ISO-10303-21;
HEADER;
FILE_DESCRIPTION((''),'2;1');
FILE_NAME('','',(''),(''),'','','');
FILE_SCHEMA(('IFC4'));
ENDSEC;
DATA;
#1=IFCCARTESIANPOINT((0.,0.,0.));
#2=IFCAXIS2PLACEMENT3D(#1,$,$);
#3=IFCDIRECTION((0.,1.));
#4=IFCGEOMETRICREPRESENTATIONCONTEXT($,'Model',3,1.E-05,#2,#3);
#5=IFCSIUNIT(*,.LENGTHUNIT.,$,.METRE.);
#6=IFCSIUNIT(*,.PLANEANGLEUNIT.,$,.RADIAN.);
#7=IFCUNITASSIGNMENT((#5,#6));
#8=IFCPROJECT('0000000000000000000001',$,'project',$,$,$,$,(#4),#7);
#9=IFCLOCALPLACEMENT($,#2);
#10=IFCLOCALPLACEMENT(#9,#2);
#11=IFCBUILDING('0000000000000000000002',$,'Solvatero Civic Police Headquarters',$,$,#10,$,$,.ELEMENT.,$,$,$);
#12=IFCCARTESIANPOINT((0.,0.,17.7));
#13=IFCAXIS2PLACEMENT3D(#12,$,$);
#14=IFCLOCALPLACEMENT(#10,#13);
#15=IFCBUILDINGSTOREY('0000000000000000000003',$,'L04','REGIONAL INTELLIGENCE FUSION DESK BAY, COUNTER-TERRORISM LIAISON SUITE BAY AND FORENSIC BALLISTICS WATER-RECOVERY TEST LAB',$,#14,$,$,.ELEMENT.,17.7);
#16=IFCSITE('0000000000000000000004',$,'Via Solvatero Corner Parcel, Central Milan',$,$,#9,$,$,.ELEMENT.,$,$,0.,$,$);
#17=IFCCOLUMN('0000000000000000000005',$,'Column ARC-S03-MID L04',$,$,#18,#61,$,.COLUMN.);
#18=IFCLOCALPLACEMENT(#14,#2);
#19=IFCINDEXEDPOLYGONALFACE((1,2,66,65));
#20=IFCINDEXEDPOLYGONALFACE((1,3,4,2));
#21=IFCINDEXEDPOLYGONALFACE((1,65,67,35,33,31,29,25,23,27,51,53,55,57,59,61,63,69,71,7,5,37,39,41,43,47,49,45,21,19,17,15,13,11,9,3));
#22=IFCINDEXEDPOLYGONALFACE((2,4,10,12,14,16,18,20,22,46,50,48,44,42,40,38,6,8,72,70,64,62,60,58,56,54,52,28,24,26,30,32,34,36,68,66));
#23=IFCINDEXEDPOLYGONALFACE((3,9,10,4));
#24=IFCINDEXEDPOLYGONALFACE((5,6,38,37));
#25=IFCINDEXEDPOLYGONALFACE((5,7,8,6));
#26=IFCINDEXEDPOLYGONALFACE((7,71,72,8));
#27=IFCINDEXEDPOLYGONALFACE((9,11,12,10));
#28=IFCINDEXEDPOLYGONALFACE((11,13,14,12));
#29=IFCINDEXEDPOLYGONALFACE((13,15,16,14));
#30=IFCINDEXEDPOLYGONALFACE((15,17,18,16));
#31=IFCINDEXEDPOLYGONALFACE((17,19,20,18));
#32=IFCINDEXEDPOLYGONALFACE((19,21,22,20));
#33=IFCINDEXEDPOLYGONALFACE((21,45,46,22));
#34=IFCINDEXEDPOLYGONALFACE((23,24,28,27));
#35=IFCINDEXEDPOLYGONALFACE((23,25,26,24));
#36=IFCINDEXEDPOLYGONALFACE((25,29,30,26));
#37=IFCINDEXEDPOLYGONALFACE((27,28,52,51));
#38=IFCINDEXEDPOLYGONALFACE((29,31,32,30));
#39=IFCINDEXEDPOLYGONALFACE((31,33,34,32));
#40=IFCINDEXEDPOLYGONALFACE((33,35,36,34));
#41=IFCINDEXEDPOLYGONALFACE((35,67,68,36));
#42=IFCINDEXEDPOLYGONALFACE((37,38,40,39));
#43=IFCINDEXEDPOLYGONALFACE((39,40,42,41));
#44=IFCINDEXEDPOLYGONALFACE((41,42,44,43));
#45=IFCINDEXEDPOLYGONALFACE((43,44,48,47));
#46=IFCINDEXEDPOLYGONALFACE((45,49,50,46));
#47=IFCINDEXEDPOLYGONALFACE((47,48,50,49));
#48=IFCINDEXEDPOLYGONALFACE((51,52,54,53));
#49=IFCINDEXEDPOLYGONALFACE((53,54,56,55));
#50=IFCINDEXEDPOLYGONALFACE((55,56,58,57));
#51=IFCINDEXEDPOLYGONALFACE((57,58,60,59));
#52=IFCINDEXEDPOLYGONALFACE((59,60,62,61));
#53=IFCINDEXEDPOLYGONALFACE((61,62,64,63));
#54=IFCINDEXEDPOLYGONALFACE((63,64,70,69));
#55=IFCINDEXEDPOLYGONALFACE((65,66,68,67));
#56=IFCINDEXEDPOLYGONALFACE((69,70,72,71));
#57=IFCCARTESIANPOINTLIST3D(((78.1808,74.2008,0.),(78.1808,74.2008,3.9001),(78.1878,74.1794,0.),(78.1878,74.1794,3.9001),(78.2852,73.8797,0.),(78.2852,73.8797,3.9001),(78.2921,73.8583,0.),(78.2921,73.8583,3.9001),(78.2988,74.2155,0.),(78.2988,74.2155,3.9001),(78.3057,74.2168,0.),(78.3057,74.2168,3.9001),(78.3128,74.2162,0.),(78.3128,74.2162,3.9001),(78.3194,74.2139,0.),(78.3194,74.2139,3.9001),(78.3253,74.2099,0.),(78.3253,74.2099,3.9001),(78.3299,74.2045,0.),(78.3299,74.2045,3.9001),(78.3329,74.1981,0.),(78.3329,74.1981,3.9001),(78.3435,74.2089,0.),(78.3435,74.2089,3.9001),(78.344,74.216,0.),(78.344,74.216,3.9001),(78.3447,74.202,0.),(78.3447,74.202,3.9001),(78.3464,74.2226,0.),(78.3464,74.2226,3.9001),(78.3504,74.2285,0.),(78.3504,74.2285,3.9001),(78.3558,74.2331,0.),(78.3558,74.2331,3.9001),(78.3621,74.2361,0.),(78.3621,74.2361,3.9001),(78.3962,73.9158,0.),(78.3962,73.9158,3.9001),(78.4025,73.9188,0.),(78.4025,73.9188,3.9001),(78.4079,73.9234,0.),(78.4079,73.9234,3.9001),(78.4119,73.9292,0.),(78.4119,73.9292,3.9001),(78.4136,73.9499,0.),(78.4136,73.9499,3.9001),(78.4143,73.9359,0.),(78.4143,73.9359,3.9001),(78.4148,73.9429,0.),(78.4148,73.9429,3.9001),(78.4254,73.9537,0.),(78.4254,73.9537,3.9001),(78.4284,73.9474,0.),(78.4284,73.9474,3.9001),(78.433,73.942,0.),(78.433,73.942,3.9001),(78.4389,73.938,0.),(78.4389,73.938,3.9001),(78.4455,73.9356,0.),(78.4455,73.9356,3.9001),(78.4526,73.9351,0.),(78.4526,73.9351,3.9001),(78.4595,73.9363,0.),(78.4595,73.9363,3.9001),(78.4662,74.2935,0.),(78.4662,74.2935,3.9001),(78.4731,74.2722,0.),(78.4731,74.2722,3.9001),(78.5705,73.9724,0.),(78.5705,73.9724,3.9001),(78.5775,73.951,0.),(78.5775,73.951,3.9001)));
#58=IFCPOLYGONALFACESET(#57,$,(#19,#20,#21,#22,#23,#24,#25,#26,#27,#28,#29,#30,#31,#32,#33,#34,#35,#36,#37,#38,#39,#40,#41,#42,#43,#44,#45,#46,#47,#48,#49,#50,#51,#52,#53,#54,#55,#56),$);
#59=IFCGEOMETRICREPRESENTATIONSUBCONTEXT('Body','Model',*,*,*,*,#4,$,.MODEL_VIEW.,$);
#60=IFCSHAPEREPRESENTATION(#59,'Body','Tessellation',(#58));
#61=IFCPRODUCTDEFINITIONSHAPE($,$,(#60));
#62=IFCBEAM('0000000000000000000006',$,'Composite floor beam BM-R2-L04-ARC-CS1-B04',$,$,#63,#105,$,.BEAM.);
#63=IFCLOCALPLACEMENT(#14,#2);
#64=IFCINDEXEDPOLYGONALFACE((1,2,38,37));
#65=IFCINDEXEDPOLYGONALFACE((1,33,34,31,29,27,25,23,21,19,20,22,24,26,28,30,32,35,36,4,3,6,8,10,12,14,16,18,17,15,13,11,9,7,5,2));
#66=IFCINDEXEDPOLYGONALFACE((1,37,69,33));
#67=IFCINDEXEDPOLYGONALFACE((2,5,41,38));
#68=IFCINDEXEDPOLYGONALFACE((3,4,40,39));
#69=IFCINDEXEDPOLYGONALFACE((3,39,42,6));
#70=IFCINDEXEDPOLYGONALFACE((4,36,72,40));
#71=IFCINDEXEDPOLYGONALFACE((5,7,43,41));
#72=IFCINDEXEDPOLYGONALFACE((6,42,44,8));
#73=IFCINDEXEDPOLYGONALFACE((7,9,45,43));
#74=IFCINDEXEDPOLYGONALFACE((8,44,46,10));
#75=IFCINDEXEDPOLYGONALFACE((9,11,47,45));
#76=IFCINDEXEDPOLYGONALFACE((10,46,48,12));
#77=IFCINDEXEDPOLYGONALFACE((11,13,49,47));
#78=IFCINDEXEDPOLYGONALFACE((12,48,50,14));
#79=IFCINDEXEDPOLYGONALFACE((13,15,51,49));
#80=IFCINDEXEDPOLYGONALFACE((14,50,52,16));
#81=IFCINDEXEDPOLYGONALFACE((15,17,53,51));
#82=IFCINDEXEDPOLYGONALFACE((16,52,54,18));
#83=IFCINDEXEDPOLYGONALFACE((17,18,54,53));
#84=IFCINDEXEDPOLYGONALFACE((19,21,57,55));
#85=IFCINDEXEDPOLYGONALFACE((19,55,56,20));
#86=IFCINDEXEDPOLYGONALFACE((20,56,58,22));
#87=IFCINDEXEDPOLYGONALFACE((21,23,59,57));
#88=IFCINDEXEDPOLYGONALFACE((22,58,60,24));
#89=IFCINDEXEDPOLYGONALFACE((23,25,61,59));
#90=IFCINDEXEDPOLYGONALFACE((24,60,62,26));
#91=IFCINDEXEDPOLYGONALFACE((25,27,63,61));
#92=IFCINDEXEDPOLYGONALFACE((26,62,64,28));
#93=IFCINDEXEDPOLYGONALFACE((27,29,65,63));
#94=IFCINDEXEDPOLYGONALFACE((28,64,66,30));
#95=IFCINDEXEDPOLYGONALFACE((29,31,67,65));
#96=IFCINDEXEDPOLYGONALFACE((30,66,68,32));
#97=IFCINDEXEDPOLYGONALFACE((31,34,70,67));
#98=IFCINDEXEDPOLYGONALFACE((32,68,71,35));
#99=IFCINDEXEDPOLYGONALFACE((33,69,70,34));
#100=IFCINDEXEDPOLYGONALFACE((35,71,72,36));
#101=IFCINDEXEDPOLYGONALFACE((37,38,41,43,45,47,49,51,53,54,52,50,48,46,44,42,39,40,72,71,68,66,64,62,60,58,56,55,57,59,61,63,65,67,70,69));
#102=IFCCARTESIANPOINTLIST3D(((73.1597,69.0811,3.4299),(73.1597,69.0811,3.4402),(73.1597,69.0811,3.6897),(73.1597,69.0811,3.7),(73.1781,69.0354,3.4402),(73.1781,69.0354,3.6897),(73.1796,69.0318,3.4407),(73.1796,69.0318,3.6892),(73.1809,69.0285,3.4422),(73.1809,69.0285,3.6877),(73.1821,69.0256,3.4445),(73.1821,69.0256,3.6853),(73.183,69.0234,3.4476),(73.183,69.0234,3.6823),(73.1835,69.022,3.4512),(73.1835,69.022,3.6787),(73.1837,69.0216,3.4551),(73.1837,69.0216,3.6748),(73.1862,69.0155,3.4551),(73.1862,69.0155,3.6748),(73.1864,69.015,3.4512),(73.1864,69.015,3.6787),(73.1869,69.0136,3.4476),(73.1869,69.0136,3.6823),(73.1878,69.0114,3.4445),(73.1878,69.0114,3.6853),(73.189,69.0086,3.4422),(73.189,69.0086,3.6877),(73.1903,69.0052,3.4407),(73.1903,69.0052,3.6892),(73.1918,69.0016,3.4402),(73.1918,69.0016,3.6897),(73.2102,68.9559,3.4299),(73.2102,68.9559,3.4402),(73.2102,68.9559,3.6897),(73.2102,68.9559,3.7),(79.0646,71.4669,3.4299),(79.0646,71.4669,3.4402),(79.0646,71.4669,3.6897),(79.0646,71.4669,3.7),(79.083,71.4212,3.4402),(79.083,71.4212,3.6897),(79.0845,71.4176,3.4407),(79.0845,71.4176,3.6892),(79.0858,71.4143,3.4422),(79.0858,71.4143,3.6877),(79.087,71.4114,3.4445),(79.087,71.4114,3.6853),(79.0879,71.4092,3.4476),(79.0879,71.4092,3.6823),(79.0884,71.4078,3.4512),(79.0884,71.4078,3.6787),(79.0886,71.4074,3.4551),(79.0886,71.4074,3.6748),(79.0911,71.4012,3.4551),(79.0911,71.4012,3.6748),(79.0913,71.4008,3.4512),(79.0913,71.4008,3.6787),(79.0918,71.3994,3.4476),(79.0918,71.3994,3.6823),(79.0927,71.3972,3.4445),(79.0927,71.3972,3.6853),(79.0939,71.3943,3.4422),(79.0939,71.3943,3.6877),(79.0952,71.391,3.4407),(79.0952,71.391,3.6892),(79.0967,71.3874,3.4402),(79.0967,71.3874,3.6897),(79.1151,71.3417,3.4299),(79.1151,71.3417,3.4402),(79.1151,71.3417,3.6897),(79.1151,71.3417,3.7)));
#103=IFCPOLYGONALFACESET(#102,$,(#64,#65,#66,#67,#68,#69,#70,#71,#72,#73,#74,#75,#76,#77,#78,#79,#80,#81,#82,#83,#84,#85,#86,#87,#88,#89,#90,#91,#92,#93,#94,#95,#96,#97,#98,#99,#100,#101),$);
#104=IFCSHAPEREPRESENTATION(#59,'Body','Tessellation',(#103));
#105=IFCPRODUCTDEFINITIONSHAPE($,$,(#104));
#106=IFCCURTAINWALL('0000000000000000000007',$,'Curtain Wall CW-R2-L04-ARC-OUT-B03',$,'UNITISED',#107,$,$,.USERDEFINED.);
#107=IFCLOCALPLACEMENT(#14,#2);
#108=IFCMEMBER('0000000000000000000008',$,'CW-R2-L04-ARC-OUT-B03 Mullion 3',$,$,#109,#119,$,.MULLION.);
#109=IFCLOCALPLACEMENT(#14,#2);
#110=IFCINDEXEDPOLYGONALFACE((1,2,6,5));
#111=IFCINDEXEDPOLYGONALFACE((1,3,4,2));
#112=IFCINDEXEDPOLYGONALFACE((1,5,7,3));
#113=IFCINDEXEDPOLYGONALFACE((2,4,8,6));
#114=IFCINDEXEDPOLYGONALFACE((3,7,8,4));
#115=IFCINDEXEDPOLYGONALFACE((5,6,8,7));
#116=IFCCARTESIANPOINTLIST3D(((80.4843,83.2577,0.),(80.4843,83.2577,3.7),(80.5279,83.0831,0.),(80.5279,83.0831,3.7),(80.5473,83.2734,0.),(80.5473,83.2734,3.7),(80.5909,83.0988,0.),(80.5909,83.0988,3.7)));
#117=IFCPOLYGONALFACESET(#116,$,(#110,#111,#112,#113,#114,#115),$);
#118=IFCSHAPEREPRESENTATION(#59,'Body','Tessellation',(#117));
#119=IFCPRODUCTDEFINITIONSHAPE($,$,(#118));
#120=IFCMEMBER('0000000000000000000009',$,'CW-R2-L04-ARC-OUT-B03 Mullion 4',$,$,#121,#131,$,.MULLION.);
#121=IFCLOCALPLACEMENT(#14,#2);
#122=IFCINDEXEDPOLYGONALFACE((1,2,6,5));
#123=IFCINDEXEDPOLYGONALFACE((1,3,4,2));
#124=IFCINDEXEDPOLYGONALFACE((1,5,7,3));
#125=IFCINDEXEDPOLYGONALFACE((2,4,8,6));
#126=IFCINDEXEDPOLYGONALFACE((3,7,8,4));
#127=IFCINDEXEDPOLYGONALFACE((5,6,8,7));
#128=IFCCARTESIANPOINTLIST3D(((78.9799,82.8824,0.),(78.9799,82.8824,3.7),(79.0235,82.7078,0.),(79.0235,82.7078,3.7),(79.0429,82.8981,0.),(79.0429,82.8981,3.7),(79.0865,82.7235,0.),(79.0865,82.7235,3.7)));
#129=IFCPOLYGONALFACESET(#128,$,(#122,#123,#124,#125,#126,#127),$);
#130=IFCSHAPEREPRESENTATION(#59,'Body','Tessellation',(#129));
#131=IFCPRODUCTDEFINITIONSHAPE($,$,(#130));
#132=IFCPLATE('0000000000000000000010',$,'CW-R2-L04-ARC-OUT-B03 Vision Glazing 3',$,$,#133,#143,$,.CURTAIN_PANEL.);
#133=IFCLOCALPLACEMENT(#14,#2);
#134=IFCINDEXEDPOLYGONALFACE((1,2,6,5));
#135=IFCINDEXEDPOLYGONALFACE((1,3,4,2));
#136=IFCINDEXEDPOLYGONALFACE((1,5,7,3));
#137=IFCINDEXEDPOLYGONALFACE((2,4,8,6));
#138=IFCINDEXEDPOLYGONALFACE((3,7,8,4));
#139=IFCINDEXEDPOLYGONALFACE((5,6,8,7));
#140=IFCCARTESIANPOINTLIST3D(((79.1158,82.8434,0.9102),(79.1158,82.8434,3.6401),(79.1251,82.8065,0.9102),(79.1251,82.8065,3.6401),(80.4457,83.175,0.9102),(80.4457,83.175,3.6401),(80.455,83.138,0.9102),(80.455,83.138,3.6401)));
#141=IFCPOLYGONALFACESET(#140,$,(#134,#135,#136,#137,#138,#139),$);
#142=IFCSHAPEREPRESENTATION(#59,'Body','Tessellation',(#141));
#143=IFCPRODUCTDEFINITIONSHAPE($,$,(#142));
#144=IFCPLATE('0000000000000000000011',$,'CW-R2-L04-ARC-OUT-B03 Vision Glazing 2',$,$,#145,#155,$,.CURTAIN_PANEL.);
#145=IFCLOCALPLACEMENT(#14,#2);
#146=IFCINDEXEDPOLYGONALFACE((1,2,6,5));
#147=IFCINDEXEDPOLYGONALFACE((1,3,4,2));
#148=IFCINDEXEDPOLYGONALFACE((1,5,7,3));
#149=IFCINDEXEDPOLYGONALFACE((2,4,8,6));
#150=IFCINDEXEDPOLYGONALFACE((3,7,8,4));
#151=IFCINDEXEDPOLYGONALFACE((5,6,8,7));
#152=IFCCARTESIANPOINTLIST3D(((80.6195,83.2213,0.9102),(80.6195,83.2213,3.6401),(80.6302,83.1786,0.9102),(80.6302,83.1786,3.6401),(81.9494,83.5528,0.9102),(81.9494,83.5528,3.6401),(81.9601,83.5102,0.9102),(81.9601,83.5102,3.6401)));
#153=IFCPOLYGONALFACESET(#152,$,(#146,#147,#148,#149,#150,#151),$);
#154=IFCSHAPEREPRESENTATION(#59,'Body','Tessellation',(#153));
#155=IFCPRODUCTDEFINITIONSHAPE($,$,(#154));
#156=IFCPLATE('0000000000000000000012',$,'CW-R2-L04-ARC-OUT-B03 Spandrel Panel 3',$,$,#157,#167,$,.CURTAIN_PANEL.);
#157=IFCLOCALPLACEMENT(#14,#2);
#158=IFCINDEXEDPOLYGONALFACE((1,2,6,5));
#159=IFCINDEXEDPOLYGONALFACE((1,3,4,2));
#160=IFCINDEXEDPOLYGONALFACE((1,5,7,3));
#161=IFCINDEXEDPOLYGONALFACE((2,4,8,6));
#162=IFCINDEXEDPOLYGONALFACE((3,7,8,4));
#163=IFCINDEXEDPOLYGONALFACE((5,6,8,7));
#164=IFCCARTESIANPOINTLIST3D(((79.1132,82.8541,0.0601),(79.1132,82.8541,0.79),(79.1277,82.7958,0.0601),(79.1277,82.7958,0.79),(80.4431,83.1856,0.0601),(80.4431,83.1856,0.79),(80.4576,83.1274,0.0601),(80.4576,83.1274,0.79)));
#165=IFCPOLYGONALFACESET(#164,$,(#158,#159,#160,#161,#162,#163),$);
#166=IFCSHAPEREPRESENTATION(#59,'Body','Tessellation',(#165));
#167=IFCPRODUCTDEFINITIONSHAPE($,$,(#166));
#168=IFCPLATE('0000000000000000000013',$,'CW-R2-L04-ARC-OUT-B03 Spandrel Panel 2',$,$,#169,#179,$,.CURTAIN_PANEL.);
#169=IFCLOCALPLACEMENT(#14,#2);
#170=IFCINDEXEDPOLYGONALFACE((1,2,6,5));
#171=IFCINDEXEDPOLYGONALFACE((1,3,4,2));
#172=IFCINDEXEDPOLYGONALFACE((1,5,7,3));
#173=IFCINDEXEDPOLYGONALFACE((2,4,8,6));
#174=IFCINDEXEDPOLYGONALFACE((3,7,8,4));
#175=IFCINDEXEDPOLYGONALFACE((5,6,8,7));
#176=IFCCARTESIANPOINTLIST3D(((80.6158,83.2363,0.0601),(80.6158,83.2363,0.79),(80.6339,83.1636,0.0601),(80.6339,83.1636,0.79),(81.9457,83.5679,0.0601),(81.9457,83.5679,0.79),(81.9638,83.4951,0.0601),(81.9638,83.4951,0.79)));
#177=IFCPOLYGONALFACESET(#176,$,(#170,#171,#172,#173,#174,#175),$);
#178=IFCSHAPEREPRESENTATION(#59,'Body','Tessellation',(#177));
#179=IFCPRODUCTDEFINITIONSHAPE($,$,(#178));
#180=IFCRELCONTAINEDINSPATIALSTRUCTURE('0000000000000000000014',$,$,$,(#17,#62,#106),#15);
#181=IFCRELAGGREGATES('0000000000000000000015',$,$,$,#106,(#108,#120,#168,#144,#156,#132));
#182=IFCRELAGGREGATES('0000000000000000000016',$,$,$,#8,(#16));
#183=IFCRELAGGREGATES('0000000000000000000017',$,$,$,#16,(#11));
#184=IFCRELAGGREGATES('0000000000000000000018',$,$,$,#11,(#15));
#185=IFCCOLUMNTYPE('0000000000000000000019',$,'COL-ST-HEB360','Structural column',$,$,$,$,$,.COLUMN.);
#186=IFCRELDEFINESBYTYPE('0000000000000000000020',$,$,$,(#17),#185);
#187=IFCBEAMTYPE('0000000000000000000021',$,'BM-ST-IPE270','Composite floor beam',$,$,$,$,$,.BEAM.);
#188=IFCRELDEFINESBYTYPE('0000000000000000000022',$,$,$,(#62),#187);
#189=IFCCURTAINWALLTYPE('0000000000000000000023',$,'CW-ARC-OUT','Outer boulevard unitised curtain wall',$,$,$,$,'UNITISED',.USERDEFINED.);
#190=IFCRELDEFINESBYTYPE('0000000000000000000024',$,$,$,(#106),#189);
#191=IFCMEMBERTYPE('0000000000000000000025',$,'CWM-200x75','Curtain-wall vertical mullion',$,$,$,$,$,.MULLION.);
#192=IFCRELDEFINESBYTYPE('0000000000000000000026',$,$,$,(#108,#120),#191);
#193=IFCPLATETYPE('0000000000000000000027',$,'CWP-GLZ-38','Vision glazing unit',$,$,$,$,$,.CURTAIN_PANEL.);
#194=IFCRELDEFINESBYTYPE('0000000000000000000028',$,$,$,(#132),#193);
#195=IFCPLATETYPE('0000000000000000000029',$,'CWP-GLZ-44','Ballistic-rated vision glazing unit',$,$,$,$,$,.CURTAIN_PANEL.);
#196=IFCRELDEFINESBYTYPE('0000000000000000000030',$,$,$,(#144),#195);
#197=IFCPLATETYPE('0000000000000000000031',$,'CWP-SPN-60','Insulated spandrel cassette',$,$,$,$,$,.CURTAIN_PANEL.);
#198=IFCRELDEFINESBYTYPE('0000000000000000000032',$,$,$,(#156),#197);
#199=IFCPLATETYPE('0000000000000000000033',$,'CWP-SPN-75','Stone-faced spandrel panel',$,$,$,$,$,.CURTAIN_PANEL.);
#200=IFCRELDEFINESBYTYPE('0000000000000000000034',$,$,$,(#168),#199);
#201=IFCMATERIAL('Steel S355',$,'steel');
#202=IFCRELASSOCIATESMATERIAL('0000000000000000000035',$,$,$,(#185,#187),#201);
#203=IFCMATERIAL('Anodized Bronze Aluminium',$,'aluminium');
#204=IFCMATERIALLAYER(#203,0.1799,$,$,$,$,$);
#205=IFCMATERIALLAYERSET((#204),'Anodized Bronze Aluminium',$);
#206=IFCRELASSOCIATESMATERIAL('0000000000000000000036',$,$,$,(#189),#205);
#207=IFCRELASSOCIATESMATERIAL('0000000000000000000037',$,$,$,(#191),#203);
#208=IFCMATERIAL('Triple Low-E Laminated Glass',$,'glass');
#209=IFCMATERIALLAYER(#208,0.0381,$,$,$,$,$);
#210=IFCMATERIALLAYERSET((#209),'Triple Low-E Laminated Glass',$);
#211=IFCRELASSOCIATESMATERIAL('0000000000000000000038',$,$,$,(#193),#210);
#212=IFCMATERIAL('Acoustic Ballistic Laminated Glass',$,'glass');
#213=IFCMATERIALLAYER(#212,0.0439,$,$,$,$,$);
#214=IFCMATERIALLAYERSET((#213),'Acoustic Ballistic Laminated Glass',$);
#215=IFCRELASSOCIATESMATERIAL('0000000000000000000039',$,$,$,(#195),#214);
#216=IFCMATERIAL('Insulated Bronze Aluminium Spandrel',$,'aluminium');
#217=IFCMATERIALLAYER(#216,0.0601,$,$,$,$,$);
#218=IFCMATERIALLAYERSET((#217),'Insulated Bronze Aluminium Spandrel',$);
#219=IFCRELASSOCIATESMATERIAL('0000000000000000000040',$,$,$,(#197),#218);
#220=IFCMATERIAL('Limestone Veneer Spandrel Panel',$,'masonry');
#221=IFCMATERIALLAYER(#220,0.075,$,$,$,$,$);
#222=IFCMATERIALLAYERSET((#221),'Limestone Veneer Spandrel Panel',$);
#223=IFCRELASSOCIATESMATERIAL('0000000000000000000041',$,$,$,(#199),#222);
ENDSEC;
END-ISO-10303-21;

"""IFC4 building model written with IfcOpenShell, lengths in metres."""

from ifc_helpers import new_model, si_unit, direction, frame, origin, origin_2d, place, context, subcontext, project, spatial, rectangle, i_section, extrude, material, layer, layer_set, material_profile, profile_set, type_object, element, aggregate, save


model = new_model("IFC4")

# Units and contexts
model_context = context("Model", 3, precision=1e-05, world=origin(), true_north=direction((0.0, 1.0)))
body_context = subcontext(model_context, "Body", "Model", "MODEL_VIEW")
ifc_project = project(units=[si_unit("LENGTHUNIT", "METRE"), si_unit("PLANEANGLEUNIT", "RADIAN")], contexts=[model_context])

# Site, building, storey
site_placement = place(None, origin())
site = spatial("IfcSite", under=ifc_project, at=site_placement, Name="Via Solvatero Corner Parcel, Central Milan", CompositionType="ELEMENT", RefElevation=0.0)
building_placement = place(site_placement, origin())
building = spatial("IfcBuilding", under=site, at=building_placement, Name="Solvatero Civic Police Headquarters", CompositionType="ELEMENT")
storey_placement = place(building_placement, frame((0.0, 0.0, 17.7)))
storey = spatial("IfcBuildingStorey", under=building, at=storey_placement, Name="L04", Description="REGIONAL INTELLIGENCE FUSION DESK BAY, COUNTER-TERRORISM LIAISON SUITE BAY AND FORENSIC BALLISTICS WATER-RECOVERY TEST LAB", CompositionType="ELEMENT", Elevation=17.7)

# Column
ifc_material_1 = material(Name="Steel S355", Category="steel")
ifc_material_profile_1 = material_profile(ifc_material_1, i_section(OverallWidth=0.3, OverallDepth=0.3601, WebThickness=0.0125, FlangeThickness=0.0225, FilletRadius=0.0271, at=origin_2d()), Name="HEB 360")
ifc_profile_set_1 = profile_set([ifc_material_profile_1], Name="Steel S355")
column_type = type_object("IfcColumnType", Name="COL-ST-HEB360", Description="Structural column", PredefinedType="COLUMN", material=ifc_profile_set_1)
column_placement = place(storey_placement, frame((78.3792, 74.0759, 0.0), z_axis=(0.0, 0.0, 1.0), x_axis=(0.951057, 0.309017, 0.0)))
element("IfcColumn", 1, at=column_placement, inside=storey, type_object=column_type, Name="Column ARC-S03-MID L04", PredefinedType="COLUMN", context=body_context, shape_type="SweptSolid", body=[
    extrude(i_section(OverallWidth=0.3, OverallDepth=0.3601, WebThickness=0.0125, FlangeThickness=0.0225, FilletRadius=0.0271, at=origin_2d()), origin(), (0.0, 0.0, 1.0), 3.9001),
])

# Beam
ifc_material_profile_2 = material_profile(ifc_material_1, i_section(OverallWidth=0.135, OverallDepth=0.27, WebThickness=0.0066, FlangeThickness=0.0103, FilletRadius=0.0149, at=origin_2d()), Name="IPE 270")
ifc_profile_set_2 = profile_set([ifc_material_profile_2], Name="Steel S355")
beam_type = type_object("IfcBeamType", Name="BM-ST-IPE270", Description="Composite floor beam", PredefinedType="BEAM", material=ifc_profile_set_2)
beam_placement = place(storey_placement, frame((79.0898, 71.4043, 3.5649), z_axis=(-0.927181, -0.374614, 0.0), x_axis=(0.374614, -0.927181, 0.0)))
element("IfcBeam", 2, at=beam_placement, inside=storey, type_object=beam_type, Name="Composite floor beam BM-R2-L04-ARC-CS1-B04", PredefinedType="BEAM", context=body_context, shape_type="SweptSolid", body=[
    extrude(i_section(OverallWidth=0.135, OverallDepth=0.27, WebThickness=0.0066, FlangeThickness=0.0103, FilletRadius=0.0149, at=origin_2d()), origin(), (0.0, 0.0, 1.0), 6.3687),
])

# Curtain wall, members, plates
ifc_material_2 = material(Name="Anodized Bronze Aluminium", Category="aluminium")
ifc_layer_1 = layer(ifc_material_2, 0.1799)
ifc_layer_set_1 = layer_set([ifc_layer_1], Name="Anodized Bronze Aluminium")
curtain_wall_type = type_object("IfcCurtainWallType", Name="CW-ARC-OUT", Description="Outer boulevard unitised curtain wall", ElementType="UNITISED", PredefinedType="USERDEFINED", material=ifc_layer_set_1)
curtain_wall_placement = place(storey_placement, origin())
curtain_wall = element("IfcCurtainWall", 3, at=curtain_wall_placement, inside=storey, type_object=curtain_wall_type, Name="Curtain Wall CW-R2-L04-ARC-OUT-B03", ObjectType="UNITISED", PredefinedType="USERDEFINED")
ifc_material_profile_3 = material_profile(ifc_material_2, rectangle(XDim=0.0649, YDim=0.1799, at=origin_2d()), Name="ALU MULLION 65x180")
ifc_profile_set_3 = profile_set([ifc_material_profile_3], Name="Anodized Bronze Aluminium")
member_type = type_object("IfcMemberType", Name="CWM-200x75", Description="Curtain-wall vertical mullion", PredefinedType="MULLION", material=ifc_profile_set_3)
member_1_placement = place(storey_placement, frame((80.5376, 83.1782, 0.0), z_axis=(0.0, 0.0, 1.0), x_axis=(-0.970296, -0.241922, 0.0)))
member_1 = element("IfcMember", 4, at=member_1_placement, type_object=member_type, Name="CW-R2-L04-ARC-OUT-B03 Mullion 3", PredefinedType="MULLION", context=body_context, shape_type="SweptSolid", body=[
    extrude(rectangle(XDim=0.0649, YDim=0.1799, at=origin_2d()), origin(), (0.0, 0.0, 1.0), 3.7),
])
member_2_placement = place(storey_placement, frame((79.0332, 82.803, 0.0), z_axis=(0.0, 0.0, 1.0), x_axis=(-0.970296, -0.241922, 0.0)))
member_2 = element("IfcMember", 5, at=member_2_placement, type_object=member_type, Name="CW-R2-L04-ARC-OUT-B03 Mullion 4", PredefinedType="MULLION", context=body_context, shape_type="SweptSolid", body=[
    extrude(rectangle(XDim=0.0649, YDim=0.1799, at=origin_2d()), origin(), (0.0, 0.0, 1.0), 3.7),
])
ifc_material_3 = material(Name="Triple Low-E Laminated Glass", Category="glass")
ifc_layer_2 = layer(ifc_material_3, 0.0381)
ifc_layer_set_2 = layer_set([ifc_layer_2], Name="Triple Low-E Laminated Glass")
plate_type_1 = type_object("IfcPlateType", Name="CWP-GLZ-38", Description="Vision glazing unit", PredefinedType="CURTAIN_PANEL", material=ifc_layer_set_2)
plate_1_placement = place(storey_placement, frame((79.7854, 82.9907, 0.9102), z_axis=(0.0, 0.0, 1.0), x_axis=(-0.970296, -0.241922, 0.0)))
plate_1 = element("IfcPlate", 6, at=plate_1_placement, type_object=plate_type_1, Name="CW-R2-L04-ARC-OUT-B03 Vision Glazing 3", PredefinedType="CURTAIN_PANEL", context=body_context, shape_type="SweptSolid", body=[
    extrude(rectangle(XDim=1.3706, YDim=0.0381, at=origin_2d()), origin(), (0.0, 0.0, 1.0), 2.73),
])
ifc_material_4 = material(Name="Acoustic Ballistic Laminated Glass", Category="glass")
ifc_layer_3 = layer(ifc_material_4, 0.0439)
ifc_layer_set_3 = layer_set([ifc_layer_3], Name="Acoustic Ballistic Laminated Glass")
plate_type_2 = type_object("IfcPlateType", Name="CWP-GLZ-44", Description="Ballistic-rated vision glazing unit", PredefinedType="CURTAIN_PANEL", material=ifc_layer_set_3)
plate_2_placement = place(storey_placement, frame((81.2898, 83.3657, 0.9102), z_axis=(0.0, 0.0, 1.0), x_axis=(-0.970296, -0.241922, 0.0)))
plate_2 = element("IfcPlate", 7, at=plate_2_placement, type_object=plate_type_2, Name="CW-R2-L04-ARC-OUT-B03 Vision Glazing 2", PredefinedType="CURTAIN_PANEL", context=body_context, shape_type="SweptSolid", body=[
    extrude(rectangle(XDim=1.3706, YDim=0.0439, at=origin_2d()), origin(), (0.0, 0.0, 1.0), 2.73),
])
ifc_material_5 = material(Name="Insulated Bronze Aluminium Spandrel", Category="aluminium")
ifc_layer_4 = layer(ifc_material_5, 0.0601)
ifc_layer_set_4 = layer_set([ifc_layer_4], Name="Insulated Bronze Aluminium Spandrel")
plate_type_3 = type_object("IfcPlateType", Name="CWP-SPN-60", Description="Insulated spandrel cassette", PredefinedType="CURTAIN_PANEL", material=ifc_layer_set_4)
plate_3_placement = place(storey_placement, frame((79.7854, 82.9907, 0.0601), z_axis=(0.0, 0.0, 1.0), x_axis=(-0.970296, -0.241922, 0.0)))
plate_3 = element("IfcPlate", 8, at=plate_3_placement, type_object=plate_type_3, Name="CW-R2-L04-ARC-OUT-B03 Spandrel Panel 3", PredefinedType="CURTAIN_PANEL", context=body_context, shape_type="SweptSolid", body=[
    extrude(rectangle(XDim=1.3706, YDim=0.0601, at=origin_2d()), origin(), (0.0, 0.0, 1.0), 0.73),
])
ifc_material_6 = material(Name="Limestone Veneer Spandrel Panel", Category="masonry")
ifc_layer_5 = layer(ifc_material_6, 0.075)
ifc_layer_set_5 = layer_set([ifc_layer_5], Name="Limestone Veneer Spandrel Panel")
plate_type_4 = type_object("IfcPlateType", Name="CWP-SPN-75", Description="Stone-faced spandrel panel", PredefinedType="CURTAIN_PANEL", material=ifc_layer_set_5)
plate_4_placement = place(storey_placement, frame((81.2898, 83.3657, 0.0601), z_axis=(0.0, 0.0, 1.0), x_axis=(-0.970296, -0.241922, 0.0)))
plate_4 = element("IfcPlate", 9, at=plate_4_placement, type_object=plate_type_4, Name="CW-R2-L04-ARC-OUT-B03 Spandrel Panel 2", PredefinedType="CURTAIN_PANEL", context=body_context, shape_type="SweptSolid", body=[
    extrude(rectangle(XDim=1.3706, YDim=0.075, at=origin_2d()), origin(), (0.0, 0.0, 1.0), 0.73),
])
aggregate(curtain_wall, [member_1, member_2, plate_4, plate_2, plate_3, plate_1])

save(model, "model.ifc")
